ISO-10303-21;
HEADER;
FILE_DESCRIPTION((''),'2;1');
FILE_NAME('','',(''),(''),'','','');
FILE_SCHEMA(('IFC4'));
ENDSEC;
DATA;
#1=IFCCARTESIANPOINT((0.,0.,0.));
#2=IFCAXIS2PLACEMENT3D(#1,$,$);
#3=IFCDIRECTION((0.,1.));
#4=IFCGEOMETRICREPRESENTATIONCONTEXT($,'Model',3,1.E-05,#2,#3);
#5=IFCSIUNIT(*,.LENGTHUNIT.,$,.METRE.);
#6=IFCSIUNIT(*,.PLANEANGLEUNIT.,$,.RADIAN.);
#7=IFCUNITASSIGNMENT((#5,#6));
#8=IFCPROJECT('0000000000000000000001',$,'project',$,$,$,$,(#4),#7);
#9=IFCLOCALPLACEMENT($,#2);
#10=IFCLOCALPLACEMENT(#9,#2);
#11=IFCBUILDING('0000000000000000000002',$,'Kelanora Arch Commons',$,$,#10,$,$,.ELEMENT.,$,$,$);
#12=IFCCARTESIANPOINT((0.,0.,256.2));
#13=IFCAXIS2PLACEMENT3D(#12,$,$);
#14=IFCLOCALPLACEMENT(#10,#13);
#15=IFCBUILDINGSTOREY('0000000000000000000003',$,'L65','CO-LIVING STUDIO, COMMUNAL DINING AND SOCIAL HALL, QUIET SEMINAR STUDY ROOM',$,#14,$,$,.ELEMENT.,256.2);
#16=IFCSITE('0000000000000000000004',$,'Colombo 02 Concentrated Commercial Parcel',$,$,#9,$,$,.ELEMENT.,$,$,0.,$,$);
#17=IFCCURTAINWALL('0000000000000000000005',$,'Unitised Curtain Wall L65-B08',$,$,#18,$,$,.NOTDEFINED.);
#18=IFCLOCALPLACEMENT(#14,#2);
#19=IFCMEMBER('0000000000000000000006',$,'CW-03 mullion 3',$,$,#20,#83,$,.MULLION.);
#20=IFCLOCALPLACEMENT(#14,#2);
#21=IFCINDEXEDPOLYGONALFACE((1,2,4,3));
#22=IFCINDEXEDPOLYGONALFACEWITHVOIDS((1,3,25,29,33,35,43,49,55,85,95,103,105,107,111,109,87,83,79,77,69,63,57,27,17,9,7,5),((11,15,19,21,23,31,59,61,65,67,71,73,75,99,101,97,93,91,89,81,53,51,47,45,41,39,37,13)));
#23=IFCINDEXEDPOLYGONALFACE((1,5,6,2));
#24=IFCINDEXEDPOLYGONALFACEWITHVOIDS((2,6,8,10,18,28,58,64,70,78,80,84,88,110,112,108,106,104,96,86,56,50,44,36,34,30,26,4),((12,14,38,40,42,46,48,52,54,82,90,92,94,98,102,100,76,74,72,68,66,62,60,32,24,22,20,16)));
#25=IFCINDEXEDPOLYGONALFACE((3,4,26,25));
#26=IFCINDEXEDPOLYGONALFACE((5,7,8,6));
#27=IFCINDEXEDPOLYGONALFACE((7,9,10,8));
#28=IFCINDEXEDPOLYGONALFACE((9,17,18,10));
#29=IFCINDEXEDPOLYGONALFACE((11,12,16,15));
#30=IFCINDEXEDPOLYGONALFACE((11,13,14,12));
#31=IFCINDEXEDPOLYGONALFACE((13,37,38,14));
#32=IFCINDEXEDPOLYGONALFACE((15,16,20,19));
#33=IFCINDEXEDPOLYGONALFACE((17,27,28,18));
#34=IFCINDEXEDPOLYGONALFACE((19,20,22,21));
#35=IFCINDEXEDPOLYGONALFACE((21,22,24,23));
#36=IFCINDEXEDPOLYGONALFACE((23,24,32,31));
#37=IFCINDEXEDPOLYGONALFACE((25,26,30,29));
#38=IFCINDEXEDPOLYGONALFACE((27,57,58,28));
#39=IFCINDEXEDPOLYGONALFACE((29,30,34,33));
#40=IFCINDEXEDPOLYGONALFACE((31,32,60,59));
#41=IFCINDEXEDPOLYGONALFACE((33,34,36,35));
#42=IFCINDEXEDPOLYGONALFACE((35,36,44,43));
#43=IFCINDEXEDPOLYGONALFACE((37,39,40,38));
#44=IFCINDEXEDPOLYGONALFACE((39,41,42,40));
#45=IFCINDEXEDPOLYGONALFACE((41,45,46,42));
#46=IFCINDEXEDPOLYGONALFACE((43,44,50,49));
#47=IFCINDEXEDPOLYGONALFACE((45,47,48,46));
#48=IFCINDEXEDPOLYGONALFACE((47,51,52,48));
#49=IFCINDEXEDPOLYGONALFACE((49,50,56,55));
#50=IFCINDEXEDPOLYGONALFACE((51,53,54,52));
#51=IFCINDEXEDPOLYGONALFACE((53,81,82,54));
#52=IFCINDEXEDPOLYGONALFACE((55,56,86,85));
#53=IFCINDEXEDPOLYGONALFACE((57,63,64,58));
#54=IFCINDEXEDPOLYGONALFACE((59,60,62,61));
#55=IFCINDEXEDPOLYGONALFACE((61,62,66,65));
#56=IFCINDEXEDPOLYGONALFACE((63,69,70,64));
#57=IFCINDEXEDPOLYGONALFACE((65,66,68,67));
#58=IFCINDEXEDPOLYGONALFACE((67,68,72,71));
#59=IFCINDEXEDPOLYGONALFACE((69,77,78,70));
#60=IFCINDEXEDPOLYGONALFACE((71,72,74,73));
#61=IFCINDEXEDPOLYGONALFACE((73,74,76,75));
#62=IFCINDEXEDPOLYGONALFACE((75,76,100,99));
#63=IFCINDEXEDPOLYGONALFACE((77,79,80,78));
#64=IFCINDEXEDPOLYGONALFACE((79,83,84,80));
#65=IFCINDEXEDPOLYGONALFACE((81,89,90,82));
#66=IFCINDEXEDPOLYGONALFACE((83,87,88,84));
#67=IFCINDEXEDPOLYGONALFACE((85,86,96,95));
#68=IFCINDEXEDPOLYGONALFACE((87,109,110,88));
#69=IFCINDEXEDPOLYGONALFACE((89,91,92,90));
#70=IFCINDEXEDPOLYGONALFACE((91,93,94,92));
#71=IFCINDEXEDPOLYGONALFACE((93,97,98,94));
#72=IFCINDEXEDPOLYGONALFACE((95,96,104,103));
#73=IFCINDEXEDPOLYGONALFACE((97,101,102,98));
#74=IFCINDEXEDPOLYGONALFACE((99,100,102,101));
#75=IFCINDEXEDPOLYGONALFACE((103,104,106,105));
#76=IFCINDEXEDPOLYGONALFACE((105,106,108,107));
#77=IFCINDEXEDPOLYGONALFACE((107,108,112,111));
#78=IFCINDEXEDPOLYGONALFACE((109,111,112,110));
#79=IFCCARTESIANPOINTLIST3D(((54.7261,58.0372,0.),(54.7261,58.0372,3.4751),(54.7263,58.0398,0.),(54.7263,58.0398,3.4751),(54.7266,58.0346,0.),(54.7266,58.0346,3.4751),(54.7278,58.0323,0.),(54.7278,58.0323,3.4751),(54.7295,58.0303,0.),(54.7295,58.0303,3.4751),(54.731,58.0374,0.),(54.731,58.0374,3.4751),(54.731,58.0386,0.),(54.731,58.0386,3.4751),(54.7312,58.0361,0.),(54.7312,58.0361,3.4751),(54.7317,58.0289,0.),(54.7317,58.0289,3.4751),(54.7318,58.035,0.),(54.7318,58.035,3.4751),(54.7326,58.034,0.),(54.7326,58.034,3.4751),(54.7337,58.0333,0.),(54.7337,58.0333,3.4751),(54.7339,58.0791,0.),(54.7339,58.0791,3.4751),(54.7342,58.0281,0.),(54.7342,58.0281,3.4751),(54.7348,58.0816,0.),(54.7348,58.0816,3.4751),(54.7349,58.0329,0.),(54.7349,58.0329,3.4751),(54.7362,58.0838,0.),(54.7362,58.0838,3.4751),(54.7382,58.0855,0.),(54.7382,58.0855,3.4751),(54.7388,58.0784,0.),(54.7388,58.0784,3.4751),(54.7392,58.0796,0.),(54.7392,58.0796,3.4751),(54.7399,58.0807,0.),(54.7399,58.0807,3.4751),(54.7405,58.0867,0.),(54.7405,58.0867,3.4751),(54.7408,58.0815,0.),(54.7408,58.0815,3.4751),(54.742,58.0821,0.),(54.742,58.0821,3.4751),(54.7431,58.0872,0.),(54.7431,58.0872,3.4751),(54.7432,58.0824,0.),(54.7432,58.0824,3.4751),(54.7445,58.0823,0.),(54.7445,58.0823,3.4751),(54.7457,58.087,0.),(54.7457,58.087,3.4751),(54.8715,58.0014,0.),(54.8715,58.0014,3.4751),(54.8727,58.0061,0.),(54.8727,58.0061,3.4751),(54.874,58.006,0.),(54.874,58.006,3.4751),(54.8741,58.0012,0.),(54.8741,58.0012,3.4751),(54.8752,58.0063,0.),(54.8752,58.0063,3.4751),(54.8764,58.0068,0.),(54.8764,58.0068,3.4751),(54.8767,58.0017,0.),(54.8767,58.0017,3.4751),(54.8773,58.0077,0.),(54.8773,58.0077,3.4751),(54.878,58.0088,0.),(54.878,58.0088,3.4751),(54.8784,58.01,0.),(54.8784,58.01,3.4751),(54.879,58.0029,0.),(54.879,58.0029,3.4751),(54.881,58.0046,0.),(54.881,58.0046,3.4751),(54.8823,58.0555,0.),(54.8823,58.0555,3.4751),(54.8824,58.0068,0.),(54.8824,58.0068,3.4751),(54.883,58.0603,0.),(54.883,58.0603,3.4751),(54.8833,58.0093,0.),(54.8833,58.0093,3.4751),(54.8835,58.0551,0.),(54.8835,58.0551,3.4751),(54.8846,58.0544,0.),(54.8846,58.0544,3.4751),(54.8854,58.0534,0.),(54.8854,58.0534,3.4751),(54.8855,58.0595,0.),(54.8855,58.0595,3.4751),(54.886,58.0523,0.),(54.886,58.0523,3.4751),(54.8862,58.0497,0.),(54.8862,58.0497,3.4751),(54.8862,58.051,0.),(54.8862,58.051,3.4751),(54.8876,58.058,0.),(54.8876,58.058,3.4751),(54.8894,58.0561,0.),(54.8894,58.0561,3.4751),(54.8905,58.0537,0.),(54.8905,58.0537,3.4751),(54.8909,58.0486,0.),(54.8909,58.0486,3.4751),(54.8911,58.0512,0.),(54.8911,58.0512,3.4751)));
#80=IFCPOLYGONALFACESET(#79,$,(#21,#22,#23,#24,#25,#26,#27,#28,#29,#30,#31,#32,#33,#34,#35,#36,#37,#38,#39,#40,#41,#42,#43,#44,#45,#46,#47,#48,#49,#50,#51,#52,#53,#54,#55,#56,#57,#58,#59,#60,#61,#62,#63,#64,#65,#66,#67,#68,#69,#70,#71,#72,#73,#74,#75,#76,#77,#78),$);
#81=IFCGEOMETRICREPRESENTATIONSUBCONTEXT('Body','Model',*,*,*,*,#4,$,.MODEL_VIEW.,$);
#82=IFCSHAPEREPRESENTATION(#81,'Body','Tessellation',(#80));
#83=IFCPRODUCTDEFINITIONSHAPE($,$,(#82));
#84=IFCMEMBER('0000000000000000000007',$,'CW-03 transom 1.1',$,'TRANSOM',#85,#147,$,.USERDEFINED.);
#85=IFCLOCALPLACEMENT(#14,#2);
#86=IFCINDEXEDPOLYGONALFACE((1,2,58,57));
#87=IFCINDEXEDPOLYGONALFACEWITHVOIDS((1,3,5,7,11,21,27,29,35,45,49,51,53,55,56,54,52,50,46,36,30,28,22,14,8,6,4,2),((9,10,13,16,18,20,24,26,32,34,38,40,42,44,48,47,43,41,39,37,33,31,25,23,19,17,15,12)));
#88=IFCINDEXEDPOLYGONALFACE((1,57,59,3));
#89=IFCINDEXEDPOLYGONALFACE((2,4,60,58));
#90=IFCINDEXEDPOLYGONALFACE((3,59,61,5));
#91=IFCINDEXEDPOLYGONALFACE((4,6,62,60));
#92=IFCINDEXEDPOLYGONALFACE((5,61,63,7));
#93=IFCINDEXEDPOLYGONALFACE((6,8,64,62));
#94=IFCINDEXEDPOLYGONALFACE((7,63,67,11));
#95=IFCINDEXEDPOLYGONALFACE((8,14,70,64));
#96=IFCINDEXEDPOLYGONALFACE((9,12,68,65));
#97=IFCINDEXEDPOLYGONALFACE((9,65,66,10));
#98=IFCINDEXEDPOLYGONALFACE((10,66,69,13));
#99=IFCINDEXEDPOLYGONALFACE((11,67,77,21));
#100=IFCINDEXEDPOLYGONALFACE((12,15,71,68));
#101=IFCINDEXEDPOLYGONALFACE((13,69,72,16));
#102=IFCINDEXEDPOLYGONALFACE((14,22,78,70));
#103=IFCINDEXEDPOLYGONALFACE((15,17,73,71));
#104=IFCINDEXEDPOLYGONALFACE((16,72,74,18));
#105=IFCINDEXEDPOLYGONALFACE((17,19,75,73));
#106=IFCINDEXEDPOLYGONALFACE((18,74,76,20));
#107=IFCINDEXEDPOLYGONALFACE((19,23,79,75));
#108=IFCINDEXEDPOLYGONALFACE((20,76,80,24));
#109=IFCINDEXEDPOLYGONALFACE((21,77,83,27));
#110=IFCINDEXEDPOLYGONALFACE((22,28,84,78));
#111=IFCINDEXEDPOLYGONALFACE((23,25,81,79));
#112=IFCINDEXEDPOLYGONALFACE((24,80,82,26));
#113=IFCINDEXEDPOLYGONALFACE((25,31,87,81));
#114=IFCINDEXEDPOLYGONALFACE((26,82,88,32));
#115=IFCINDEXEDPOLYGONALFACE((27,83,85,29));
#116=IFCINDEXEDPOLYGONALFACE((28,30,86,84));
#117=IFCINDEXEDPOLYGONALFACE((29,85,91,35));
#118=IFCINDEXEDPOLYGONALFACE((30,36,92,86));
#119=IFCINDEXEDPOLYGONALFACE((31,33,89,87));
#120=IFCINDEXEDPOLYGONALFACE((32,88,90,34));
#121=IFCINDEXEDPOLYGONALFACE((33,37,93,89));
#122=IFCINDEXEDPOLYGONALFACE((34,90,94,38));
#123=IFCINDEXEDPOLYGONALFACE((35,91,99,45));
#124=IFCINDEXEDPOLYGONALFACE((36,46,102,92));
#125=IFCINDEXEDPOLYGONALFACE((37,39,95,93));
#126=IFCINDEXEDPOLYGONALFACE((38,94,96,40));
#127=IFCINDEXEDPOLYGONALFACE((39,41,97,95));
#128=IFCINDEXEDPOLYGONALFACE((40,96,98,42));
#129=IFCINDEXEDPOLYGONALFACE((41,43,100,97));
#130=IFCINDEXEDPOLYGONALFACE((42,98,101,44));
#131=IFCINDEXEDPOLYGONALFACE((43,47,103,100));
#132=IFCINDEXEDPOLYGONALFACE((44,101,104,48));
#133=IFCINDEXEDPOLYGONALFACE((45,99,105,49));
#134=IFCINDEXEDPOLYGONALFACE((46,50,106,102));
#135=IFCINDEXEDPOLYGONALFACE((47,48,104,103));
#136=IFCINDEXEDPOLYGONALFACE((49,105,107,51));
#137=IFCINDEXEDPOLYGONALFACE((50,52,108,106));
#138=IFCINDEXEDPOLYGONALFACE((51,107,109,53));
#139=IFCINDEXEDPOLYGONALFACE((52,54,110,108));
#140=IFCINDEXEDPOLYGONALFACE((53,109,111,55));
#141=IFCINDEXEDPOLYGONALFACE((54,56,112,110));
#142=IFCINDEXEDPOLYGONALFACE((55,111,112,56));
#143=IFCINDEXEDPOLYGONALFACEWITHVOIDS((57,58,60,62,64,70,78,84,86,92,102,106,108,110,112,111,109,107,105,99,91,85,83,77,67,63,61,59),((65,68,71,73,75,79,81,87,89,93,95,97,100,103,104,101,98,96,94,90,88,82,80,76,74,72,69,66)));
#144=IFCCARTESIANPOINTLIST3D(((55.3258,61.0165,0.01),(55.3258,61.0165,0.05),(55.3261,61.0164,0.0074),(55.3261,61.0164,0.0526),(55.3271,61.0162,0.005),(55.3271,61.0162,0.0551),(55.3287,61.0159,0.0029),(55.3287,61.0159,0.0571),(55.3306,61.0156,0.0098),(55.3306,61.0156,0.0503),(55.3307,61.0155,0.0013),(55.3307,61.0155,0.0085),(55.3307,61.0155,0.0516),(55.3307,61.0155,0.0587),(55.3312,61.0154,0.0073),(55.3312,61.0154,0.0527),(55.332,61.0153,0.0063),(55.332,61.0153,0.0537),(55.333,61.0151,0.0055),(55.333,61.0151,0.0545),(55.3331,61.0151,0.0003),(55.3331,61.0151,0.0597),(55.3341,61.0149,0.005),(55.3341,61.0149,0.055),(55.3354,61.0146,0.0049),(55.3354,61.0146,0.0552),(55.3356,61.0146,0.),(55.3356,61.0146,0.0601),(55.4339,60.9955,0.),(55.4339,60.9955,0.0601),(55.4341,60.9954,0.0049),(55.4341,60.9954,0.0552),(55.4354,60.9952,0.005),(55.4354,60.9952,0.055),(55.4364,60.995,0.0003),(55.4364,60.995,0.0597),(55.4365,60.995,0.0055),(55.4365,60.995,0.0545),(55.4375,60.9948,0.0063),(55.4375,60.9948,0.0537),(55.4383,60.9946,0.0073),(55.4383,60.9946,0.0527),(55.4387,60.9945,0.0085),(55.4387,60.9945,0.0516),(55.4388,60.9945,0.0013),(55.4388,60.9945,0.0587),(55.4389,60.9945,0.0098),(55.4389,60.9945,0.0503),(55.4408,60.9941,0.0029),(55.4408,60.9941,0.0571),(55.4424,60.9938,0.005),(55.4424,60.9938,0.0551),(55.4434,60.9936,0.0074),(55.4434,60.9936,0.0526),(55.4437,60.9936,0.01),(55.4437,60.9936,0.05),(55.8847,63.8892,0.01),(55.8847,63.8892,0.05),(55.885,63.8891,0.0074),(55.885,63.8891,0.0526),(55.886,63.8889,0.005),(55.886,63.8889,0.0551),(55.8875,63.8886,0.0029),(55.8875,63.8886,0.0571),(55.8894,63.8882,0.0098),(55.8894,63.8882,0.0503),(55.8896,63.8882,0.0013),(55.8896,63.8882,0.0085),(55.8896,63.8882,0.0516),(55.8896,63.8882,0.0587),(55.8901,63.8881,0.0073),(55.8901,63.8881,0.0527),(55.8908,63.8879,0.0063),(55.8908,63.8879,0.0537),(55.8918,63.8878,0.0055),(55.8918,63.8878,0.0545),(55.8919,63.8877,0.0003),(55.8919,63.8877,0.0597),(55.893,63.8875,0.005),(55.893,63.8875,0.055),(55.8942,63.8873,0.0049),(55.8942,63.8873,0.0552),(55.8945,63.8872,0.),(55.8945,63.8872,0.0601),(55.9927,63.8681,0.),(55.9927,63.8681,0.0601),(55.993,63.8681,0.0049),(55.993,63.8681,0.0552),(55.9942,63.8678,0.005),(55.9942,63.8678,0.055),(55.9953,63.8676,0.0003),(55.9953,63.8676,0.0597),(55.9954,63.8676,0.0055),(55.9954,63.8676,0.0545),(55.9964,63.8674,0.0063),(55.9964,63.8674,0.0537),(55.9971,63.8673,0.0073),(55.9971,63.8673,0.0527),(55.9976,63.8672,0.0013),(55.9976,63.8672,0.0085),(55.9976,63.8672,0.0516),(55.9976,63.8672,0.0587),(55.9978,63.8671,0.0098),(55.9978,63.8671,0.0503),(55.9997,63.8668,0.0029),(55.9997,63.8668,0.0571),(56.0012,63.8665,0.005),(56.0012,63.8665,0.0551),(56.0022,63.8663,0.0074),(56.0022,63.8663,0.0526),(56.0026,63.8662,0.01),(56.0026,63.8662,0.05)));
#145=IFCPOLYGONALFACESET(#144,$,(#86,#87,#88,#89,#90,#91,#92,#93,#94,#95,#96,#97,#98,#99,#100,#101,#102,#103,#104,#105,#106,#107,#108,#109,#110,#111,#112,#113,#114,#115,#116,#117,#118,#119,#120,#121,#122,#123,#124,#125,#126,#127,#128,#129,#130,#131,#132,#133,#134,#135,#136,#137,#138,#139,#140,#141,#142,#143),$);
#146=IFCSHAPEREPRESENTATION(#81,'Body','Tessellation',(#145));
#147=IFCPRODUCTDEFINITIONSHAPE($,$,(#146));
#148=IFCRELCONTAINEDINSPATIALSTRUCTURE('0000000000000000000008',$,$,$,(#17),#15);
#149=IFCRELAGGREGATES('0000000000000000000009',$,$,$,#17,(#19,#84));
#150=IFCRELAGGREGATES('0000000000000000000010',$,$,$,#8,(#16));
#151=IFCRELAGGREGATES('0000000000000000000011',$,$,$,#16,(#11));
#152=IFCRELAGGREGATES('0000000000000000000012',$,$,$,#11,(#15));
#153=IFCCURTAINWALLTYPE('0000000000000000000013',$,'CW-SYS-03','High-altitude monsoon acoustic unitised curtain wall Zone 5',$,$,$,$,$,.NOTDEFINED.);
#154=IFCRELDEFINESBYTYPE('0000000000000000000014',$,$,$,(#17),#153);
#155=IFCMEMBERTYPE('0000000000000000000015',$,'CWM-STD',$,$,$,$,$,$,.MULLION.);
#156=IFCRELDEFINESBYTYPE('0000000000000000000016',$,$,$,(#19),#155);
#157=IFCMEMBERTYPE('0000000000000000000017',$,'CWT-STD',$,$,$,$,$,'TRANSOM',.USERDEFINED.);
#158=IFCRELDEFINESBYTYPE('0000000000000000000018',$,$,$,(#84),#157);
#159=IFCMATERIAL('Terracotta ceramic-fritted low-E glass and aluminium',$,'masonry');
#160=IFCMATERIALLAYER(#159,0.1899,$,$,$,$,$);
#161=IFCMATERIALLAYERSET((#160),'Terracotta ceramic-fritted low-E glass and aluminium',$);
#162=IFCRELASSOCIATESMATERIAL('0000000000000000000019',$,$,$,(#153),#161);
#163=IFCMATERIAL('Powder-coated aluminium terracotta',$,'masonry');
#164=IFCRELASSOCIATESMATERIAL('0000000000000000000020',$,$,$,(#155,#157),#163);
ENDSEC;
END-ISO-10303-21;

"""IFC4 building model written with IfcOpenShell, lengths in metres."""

from ifc_helpers import new_model, si_unit, direction, frame, origin, origin_2d, place, context, subcontext, project, spatial, hollow_rectangle, extrude, material, layer, layer_set, material_profile, profile_set, type_object, element, aggregate, save


model = new_model("IFC4")

# Units and contexts
model_context = context("Model", 3, precision=1e-05, world=origin(), true_north=direction((0.0, 1.0)))
body_context = subcontext(model_context, "Body", "Model", "MODEL_VIEW")
ifc_project = project(units=[si_unit("LENGTHUNIT", "METRE"), si_unit("PLANEANGLEUNIT", "RADIAN")], contexts=[model_context])

# Site, building, storey
site_placement = place(None, origin())
site = spatial("IfcSite", under=ifc_project, at=site_placement, Name="Colombo 02 Concentrated Commercial Parcel", CompositionType="ELEMENT", RefElevation=0.0)
building_placement = place(site_placement, origin())
building = spatial("IfcBuilding", under=site, at=building_placement, Name="Kelanora Arch Commons", CompositionType="ELEMENT")
storey_placement = place(building_placement, frame((0.0, 0.0, 256.2)))
storey = spatial("IfcBuildingStorey", under=building, at=storey_placement, Name="L65", Description="CO-LIVING STUDIO, COMMUNAL DINING AND SOCIAL HALL, QUIET SEMINAR STUDY ROOM", CompositionType="ELEMENT", Elevation=256.2)

# Curtain wall, members
ifc_material_1 = material(Name="Terracotta ceramic-fritted low-E glass and aluminium", Category="masonry")
ifc_layer_1 = layer(ifc_material_1, 0.1899)
ifc_layer_set_1 = layer_set([ifc_layer_1], Name="Terracotta ceramic-fritted low-E glass and aluminium")
curtain_wall_type = type_object("IfcCurtainWallType", Name="CW-SYS-03", Description="High-altitude monsoon acoustic unitised curtain wall Zone 5", PredefinedType="NOTDEFINED", material=ifc_layer_set_1)
curtain_wall_placement = place(storey_placement, origin())
curtain_wall = element("IfcCurtainWall", 1, at=curtain_wall_placement, inside=storey, type_object=curtain_wall_type, Name="Unitised Curtain Wall L65-B08", PredefinedType="NOTDEFINED")
ifc_material_2 = material(Name="Powder-coated aluminium terracotta", Category="masonry")
ifc_material_profile_1 = material_profile(ifc_material_2, hollow_rectangle(XDim=0.1599, YDim=0.0601, WallThickness=0.0049, InnerFilletRadius=0.0049, OuterFilletRadius=0.01, at=origin_2d()), Name="CWM160x60")
ifc_profile_set_1 = profile_set([ifc_material_profile_1], Name="Powder-coated aluminium terracotta")
member_type_1 = type_object("IfcMemberType", Name="CWM-STD", PredefinedType="MULLION", material=ifc_profile_set_1)
member_1_placement = place(storey_placement, frame((54.8086, 58.0442, 0.0), z_axis=(0.0, 0.0, 1.0), x_axis=(0.981596, -0.190972, 0.0)))
member_1 = element("IfcMember", 2, at=member_1_placement, type_object=member_type_1, Name="CW-03 mullion 3", PredefinedType="MULLION", context=body_context, shape_type="SweptSolid", body=[
    extrude(hollow_rectangle(XDim=0.1599, YDim=0.0601, WallThickness=0.0049, InnerFilletRadius=0.0049, OuterFilletRadius=0.01, at=origin_2d()), origin(), (0.0, 0.0, 1.0), 3.4751),
])
ifc_material_profile_2 = material_profile(ifc_material_2, hollow_rectangle(XDim=0.1201, YDim=0.0601, WallThickness=0.0049, InnerFilletRadius=0.0049, OuterFilletRadius=0.01, at=origin_2d()), Name="CWT120x60")
ifc_profile_set_2 = profile_set([ifc_material_profile_2], Name="Powder-coated aluminium terracotta")
member_type_2 = type_object("IfcMemberType", Name="CWT-STD", ElementType="TRANSOM", PredefinedType="USERDEFINED", material=ifc_profile_set_2)
member_2_placement = place(storey_placement, frame((55.9436, 63.8777, 0.03), z_axis=(-0.190963, -0.981597, 0.0), x_axis=(0.981597, -0.190963, 0.0)))
member_2 = element("IfcMember", 3, at=member_2_placement, type_object=member_type_2, Name="CW-03 transom 1.1", ObjectType="TRANSOM", PredefinedType="USERDEFINED", context=body_context, shape_type="SweptSolid", body=[
    extrude(hollow_rectangle(XDim=0.1201, YDim=0.0601, WallThickness=0.0049, InnerFilletRadius=0.0049, OuterFilletRadius=0.01, at=origin_2d()), origin(), (0.0, 0.0, 1.0), 2.9265),
])
aggregate(curtain_wall, [member_1, member_2])

save(model, "model.ifc")
